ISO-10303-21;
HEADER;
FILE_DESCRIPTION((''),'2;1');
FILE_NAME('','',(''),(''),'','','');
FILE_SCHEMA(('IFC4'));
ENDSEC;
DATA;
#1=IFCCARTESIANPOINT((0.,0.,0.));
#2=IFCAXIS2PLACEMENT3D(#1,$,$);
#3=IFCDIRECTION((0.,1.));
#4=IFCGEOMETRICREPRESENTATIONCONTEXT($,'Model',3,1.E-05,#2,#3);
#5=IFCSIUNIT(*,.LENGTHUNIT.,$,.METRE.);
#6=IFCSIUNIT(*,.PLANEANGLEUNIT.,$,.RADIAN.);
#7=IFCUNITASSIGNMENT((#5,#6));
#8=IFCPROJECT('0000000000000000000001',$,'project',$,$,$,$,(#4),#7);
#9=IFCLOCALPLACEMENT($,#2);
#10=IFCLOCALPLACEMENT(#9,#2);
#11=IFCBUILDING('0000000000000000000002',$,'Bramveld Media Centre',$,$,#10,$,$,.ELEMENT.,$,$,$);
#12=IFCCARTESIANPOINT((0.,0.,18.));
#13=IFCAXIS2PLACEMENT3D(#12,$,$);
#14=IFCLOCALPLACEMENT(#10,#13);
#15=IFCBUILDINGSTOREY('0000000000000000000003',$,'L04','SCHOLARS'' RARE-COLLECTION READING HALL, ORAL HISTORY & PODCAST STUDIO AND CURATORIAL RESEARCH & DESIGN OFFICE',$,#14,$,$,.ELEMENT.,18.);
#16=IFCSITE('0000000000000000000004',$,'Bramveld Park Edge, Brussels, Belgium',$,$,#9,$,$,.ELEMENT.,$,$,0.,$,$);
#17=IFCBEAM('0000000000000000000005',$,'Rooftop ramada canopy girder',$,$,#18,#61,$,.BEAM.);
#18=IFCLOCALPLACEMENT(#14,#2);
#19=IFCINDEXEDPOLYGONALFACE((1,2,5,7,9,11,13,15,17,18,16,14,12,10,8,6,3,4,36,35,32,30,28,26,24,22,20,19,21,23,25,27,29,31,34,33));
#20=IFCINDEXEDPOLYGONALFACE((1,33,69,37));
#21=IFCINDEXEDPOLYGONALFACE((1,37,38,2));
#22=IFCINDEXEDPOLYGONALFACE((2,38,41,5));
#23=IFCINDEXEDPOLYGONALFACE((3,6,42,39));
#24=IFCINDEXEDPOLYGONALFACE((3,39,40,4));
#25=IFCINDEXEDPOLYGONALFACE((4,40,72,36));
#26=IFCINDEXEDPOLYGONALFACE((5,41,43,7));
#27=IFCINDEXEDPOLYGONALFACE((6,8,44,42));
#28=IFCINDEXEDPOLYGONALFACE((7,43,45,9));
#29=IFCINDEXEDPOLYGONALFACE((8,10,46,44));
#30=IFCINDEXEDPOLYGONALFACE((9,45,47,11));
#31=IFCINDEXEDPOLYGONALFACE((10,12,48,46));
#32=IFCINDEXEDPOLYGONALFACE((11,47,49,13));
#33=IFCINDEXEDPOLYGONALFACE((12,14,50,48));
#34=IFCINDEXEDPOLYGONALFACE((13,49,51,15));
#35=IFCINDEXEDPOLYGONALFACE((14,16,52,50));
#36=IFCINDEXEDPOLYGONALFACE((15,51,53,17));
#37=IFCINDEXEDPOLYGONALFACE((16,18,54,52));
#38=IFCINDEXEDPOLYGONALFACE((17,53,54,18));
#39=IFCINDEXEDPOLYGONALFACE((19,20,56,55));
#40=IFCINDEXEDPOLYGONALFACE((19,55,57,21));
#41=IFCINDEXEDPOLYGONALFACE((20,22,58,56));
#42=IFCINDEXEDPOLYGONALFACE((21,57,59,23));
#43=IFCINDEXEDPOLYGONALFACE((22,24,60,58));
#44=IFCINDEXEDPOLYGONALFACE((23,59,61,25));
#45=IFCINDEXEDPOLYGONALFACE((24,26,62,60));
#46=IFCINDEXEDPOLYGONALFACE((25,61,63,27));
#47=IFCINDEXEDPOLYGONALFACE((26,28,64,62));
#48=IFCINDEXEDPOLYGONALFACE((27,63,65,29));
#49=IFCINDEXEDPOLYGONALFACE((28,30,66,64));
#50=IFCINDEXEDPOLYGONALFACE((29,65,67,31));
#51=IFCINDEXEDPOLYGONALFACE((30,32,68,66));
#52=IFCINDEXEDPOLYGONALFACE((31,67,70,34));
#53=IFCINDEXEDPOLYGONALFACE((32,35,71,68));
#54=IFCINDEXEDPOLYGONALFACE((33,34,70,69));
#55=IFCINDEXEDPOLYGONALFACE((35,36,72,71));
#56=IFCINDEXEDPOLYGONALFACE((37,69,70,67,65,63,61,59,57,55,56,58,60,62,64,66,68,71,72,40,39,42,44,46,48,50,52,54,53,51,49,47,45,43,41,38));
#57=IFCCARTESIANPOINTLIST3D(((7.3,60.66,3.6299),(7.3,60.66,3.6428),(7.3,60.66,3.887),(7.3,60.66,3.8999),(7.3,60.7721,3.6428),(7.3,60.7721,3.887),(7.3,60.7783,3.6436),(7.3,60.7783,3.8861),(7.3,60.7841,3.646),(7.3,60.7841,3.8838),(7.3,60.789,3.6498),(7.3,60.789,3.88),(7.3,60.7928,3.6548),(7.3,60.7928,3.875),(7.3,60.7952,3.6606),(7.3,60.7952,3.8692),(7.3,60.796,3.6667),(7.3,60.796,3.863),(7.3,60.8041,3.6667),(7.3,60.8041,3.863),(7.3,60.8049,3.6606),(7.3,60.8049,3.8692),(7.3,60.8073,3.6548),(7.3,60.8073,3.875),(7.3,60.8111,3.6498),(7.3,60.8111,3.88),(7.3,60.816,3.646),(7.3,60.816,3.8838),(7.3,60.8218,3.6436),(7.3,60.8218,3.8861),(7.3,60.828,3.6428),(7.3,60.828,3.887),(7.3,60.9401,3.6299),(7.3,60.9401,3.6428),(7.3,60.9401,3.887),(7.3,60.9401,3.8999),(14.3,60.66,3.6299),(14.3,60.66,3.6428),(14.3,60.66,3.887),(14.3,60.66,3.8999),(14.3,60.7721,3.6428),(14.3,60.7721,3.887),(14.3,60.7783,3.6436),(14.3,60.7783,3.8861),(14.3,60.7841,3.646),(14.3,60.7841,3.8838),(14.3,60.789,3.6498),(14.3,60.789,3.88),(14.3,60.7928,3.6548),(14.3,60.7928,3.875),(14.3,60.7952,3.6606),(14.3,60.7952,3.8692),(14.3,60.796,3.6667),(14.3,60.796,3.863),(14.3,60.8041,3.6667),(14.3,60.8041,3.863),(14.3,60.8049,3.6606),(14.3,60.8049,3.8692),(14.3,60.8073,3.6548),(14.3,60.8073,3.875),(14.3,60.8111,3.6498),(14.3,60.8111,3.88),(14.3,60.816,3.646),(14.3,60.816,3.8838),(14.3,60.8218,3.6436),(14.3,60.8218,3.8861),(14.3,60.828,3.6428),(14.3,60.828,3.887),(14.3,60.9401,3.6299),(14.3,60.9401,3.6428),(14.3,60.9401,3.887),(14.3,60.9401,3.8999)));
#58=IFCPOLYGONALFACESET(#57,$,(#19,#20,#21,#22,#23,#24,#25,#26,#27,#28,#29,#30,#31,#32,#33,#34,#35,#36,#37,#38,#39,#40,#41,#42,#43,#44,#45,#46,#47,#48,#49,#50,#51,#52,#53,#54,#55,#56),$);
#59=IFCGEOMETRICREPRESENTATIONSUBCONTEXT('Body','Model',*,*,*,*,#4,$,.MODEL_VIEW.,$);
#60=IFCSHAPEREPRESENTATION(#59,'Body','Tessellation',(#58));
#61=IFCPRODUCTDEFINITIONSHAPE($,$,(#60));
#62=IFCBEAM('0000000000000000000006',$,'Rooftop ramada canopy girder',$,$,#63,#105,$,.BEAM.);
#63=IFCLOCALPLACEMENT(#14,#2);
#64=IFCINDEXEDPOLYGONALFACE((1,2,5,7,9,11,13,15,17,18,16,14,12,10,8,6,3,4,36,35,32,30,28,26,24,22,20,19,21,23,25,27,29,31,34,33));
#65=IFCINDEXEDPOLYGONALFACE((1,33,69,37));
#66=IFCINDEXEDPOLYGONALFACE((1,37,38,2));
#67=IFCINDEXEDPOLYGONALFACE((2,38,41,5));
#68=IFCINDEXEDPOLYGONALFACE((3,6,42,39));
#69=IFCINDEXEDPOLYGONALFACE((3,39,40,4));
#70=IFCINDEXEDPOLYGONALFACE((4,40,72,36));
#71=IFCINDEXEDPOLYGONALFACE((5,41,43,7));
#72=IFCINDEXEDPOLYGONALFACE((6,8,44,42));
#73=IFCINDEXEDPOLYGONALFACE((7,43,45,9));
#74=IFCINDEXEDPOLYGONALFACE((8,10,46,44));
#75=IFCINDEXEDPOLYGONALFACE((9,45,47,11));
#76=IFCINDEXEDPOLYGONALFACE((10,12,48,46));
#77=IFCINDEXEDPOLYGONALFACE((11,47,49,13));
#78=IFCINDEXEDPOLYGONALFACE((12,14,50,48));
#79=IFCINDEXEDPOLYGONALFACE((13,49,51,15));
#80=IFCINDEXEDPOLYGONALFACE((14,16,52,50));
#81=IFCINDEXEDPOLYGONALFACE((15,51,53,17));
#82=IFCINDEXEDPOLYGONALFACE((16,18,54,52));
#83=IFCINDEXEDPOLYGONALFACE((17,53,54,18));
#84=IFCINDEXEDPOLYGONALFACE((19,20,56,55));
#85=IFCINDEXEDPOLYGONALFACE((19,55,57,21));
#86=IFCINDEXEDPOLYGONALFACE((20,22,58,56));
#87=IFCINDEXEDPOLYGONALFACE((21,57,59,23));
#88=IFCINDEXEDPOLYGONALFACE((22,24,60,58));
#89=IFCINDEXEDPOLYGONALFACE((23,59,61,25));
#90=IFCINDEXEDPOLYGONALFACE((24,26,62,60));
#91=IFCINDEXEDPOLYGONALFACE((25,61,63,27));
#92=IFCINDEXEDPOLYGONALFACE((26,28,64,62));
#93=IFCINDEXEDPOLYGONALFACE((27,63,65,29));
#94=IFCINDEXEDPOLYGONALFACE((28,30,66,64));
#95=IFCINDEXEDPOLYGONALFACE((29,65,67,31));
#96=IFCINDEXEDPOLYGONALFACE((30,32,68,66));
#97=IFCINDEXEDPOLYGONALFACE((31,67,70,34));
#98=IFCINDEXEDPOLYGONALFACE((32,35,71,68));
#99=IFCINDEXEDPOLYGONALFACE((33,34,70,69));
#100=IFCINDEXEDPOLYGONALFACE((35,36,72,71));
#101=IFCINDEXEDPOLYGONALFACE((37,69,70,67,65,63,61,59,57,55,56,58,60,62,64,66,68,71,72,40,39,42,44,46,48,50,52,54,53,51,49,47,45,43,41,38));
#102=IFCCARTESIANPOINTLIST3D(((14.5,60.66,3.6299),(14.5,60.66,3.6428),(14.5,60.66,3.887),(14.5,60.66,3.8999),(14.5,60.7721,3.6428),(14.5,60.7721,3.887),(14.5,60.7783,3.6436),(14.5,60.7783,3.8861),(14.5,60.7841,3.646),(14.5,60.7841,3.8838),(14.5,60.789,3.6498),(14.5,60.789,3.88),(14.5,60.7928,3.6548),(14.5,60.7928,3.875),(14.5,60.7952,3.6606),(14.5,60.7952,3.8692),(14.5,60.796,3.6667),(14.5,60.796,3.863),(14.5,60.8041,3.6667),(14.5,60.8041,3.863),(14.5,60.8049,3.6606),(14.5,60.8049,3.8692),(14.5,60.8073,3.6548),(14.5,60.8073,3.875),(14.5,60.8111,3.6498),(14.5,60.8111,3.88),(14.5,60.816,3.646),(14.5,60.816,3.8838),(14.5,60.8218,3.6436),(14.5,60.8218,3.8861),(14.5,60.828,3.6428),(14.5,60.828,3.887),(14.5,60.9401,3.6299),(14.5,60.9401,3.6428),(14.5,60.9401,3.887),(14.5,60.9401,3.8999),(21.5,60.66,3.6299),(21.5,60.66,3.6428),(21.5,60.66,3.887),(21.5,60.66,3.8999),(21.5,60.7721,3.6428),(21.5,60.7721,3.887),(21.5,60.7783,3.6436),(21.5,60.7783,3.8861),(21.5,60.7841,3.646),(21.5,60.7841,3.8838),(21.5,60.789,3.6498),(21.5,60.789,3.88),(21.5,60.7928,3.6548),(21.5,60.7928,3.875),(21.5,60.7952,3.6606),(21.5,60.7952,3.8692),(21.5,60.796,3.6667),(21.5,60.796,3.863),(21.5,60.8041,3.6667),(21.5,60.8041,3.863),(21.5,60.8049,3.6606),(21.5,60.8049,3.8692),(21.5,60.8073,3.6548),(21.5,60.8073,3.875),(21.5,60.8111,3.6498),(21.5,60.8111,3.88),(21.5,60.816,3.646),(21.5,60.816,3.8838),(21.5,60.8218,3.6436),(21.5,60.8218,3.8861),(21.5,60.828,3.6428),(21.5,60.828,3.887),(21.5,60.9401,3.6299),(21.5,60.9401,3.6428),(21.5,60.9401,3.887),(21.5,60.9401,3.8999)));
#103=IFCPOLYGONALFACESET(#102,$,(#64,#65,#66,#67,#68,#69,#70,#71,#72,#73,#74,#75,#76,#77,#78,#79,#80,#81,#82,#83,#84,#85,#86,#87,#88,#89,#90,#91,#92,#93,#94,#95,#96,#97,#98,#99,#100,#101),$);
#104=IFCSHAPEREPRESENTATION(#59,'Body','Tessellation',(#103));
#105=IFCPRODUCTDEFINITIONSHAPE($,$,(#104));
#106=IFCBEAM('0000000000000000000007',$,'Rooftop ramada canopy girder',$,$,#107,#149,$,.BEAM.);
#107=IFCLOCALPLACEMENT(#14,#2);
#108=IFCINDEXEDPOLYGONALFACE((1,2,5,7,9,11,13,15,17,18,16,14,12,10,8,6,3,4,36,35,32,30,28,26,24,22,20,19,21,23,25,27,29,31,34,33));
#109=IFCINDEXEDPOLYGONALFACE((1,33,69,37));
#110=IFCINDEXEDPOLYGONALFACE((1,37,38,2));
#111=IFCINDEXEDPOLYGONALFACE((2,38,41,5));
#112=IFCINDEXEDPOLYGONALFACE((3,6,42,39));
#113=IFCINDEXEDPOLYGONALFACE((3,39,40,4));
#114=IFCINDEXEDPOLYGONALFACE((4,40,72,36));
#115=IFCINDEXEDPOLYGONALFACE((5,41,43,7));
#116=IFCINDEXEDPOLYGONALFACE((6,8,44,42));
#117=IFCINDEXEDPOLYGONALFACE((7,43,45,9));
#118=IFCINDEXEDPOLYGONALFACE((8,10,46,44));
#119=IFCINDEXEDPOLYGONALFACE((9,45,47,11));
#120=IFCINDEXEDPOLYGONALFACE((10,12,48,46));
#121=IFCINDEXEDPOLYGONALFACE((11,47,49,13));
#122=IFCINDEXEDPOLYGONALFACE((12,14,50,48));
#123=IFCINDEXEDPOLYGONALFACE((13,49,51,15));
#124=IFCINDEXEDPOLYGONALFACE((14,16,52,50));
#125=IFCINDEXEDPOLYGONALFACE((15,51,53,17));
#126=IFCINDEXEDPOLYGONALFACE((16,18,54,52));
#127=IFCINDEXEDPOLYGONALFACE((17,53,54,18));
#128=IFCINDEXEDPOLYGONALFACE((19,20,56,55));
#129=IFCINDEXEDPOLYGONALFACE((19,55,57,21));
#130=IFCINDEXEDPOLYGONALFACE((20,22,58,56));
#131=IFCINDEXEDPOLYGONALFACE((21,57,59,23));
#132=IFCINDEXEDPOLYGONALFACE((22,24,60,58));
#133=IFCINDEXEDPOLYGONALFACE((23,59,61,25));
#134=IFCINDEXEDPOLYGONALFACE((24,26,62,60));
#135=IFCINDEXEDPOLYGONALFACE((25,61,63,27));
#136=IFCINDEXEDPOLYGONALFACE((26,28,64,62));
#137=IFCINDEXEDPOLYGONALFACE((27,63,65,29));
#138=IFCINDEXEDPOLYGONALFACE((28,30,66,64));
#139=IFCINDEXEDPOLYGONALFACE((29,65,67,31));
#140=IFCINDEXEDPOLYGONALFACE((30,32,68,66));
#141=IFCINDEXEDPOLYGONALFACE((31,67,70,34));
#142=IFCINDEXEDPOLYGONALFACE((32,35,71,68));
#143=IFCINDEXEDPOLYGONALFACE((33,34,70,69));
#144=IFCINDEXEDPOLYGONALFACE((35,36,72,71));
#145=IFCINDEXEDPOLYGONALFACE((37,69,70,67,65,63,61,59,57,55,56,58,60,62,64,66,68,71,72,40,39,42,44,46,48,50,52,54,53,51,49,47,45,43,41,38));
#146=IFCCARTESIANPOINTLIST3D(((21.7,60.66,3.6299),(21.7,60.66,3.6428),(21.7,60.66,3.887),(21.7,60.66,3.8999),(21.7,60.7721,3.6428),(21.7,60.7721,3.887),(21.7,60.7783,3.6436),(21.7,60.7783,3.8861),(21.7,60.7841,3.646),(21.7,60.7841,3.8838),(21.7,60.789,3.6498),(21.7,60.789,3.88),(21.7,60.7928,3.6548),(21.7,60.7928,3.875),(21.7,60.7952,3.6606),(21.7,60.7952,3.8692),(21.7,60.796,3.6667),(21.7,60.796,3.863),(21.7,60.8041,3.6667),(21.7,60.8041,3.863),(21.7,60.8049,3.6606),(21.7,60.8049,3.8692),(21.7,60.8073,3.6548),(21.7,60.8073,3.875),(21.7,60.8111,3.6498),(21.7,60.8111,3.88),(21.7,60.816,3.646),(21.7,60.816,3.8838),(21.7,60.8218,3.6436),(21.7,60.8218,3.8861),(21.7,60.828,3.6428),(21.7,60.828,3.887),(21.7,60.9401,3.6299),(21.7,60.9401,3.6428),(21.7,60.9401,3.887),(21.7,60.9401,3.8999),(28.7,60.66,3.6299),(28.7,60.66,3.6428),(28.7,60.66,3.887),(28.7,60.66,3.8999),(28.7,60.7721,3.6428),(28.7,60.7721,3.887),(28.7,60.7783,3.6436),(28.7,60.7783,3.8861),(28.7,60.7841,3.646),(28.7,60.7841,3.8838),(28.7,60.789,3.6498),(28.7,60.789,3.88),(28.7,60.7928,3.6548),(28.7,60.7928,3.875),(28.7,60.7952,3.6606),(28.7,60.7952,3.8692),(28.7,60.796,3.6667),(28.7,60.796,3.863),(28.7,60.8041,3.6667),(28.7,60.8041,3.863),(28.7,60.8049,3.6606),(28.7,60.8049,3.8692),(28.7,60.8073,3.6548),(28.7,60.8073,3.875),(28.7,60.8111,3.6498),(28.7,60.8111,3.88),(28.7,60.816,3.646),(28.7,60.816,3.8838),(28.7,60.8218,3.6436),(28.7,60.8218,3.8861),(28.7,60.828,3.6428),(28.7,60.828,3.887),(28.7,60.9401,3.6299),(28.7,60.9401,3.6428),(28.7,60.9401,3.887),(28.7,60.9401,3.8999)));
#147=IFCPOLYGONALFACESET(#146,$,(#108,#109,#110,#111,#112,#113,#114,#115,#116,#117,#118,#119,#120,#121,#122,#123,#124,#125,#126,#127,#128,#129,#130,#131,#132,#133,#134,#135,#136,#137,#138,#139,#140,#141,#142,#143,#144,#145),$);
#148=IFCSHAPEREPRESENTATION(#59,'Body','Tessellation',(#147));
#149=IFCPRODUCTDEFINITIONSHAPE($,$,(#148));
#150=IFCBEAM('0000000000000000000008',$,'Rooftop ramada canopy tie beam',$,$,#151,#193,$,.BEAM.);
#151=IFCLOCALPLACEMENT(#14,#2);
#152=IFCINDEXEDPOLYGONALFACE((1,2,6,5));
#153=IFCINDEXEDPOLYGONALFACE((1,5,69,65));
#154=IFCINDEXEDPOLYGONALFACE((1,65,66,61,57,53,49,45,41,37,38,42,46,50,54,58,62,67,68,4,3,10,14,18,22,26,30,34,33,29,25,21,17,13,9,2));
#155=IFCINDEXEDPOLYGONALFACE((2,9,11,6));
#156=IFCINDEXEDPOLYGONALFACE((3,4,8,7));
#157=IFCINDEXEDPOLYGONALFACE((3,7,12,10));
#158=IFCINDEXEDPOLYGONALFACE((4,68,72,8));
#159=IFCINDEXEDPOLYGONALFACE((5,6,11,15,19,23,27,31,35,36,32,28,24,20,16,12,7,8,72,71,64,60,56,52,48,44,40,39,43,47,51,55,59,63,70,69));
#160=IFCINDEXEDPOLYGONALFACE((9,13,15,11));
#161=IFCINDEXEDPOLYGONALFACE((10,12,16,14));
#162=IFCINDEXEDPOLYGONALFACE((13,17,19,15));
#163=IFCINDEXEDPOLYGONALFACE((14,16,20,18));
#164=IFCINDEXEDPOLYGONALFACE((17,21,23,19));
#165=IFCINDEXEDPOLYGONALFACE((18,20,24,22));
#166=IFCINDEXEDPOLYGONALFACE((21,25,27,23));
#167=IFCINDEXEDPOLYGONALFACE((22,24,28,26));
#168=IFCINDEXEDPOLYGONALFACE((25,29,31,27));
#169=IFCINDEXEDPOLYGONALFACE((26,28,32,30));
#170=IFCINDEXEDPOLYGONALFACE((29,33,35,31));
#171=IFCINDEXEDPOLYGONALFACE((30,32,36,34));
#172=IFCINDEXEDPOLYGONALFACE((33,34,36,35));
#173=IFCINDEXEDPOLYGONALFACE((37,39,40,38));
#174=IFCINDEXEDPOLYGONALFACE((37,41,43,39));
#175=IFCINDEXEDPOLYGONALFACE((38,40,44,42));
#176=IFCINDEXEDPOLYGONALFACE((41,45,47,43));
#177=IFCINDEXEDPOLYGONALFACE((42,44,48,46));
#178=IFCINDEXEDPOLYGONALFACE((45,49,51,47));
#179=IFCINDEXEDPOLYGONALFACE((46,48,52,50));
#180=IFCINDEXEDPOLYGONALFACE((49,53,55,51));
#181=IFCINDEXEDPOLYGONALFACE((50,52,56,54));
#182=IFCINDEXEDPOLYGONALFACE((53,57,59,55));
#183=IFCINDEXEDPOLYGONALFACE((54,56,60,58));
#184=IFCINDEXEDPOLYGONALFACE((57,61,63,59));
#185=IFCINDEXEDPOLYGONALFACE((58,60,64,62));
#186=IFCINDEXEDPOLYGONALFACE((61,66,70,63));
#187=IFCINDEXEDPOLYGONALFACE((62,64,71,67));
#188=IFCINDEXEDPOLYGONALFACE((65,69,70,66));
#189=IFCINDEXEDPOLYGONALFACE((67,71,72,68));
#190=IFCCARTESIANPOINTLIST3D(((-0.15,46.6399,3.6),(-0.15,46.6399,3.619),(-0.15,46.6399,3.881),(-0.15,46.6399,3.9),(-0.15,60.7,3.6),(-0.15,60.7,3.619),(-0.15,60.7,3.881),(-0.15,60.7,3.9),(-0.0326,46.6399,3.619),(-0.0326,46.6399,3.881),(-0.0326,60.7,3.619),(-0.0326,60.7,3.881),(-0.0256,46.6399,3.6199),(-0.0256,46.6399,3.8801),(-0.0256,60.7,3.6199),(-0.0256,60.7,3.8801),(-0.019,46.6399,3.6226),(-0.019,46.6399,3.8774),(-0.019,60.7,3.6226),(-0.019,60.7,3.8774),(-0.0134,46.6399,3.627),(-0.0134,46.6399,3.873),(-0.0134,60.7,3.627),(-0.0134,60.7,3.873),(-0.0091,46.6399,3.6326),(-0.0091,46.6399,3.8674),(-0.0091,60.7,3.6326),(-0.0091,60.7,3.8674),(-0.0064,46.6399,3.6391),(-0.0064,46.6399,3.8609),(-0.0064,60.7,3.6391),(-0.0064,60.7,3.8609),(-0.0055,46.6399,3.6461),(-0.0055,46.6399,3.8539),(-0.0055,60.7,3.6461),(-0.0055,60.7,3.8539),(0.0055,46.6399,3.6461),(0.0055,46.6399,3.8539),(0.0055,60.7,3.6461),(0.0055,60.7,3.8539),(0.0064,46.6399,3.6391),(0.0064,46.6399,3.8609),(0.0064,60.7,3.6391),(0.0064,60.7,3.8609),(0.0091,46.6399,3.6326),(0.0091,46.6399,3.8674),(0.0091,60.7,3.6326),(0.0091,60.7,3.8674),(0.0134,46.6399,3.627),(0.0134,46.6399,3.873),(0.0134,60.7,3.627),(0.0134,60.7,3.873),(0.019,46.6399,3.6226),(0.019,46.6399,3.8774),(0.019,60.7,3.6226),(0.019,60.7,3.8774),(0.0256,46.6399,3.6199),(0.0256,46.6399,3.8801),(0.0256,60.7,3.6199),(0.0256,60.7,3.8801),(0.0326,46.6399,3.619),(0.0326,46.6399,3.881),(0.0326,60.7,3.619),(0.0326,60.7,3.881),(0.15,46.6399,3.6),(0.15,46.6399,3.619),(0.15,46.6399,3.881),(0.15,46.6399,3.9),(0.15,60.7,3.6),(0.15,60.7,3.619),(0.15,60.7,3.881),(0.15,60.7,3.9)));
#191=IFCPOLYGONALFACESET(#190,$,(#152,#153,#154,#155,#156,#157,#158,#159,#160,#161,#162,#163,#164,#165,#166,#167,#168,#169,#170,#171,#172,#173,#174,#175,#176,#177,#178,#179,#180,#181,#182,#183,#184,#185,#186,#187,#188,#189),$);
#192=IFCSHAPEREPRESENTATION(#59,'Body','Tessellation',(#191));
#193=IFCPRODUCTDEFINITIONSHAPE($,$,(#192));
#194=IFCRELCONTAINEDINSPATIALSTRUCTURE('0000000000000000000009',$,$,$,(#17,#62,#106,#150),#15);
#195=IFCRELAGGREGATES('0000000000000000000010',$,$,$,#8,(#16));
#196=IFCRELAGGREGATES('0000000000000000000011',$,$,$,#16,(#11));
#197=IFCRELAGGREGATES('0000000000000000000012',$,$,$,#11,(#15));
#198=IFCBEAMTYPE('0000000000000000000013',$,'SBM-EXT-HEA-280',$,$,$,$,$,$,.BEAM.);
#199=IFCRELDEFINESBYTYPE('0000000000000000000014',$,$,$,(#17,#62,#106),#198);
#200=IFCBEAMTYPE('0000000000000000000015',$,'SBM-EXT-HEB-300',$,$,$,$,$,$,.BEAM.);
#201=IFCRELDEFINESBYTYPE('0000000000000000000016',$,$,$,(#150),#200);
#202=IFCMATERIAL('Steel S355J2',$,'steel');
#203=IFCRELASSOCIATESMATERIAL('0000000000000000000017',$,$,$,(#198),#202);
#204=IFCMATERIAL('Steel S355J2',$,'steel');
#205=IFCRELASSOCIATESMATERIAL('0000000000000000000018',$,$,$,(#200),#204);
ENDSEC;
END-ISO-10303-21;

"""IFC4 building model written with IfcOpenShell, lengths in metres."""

from ifc_helpers import new_model, si_unit, direction, frame, origin, origin_2d, place, context, subcontext, project, spatial, i_section, extrude, material, material_profile, profile_set, type_object, element, save


model = new_model("IFC4")

# Units and contexts
model_context = context("Model", 3, precision=1e-05, world=origin(), true_north=direction((0.0, 1.0)))
body_context = subcontext(model_context, "Body", "Model", "MODEL_VIEW")
ifc_project = project(units=[si_unit("LENGTHUNIT", "METRE"), si_unit("PLANEANGLEUNIT", "RADIAN")], contexts=[model_context])

# Site, building, storey
site_placement = place(None, origin())
site = spatial("IfcSite", under=ifc_project, at=site_placement, Name="Bramveld Park Edge, Brussels, Belgium", CompositionType="ELEMENT", RefElevation=0.0)
building_placement = place(site_placement, origin())
building = spatial("IfcBuilding", under=site, at=building_placement, Name="Bramveld Media Centre", CompositionType="ELEMENT")
storey_placement = place(building_placement, frame((0.0, 0.0, 18.0)))
storey = spatial("IfcBuildingStorey", under=building, at=storey_placement, Name="L04", Description="SCHOLARS' RARE-COLLECTION READING HALL, ORAL HISTORY & PODCAST STUDIO AND CURATORIAL RESEARCH & DESIGN OFFICE", CompositionType="ELEMENT", Elevation=18.0)

# Beams
ifc_material_1 = material(Name="Steel S355J2", Category="steel")
ifc_material_profile_1 = material_profile(ifc_material_1, i_section(OverallWidth=0.28, OverallDepth=0.27, WebThickness=0.0081, FlangeThickness=0.0129, FilletRadius=0.0239, at=origin_2d()), Name="HEA 280")
ifc_profile_set_1 = profile_set([ifc_material_profile_1], Name="Steel S355J2")
beam_type_1 = type_object("IfcBeamType", Name="SBM-EXT-HEA-280", PredefinedType="BEAM", material=ifc_profile_set_1)
for number, where, z_axis, x_axis, name in (
    (1, (7.3, 60.8, 3.7649), (1.0, 0.0, 0.0), (0.0, 1.0, 0.0), "Rooftop ramada canopy girder"),
    (2, (14.5, 60.8, 3.7649), (1.0, 0.0, 0.0), (0.0, 1.0, 0.0), "Rooftop ramada canopy girder"),
    (3, (21.7, 60.8, 3.7649), (1.0, 0.0, 0.0), (0.0, 1.0, 0.0), "Rooftop ramada canopy girder"),
):
    element("IfcBeam", number, at=place(storey_placement, frame(where, z_axis=z_axis, x_axis=x_axis)), inside=storey, type_object=beam_type_1, Name=name, PredefinedType="BEAM", context=body_context, shape_type="SweptSolid", body=[
        extrude(i_section(OverallWidth=0.28, OverallDepth=0.27, WebThickness=0.0081, FlangeThickness=0.0129, FilletRadius=0.0239, at=origin_2d()), origin(), (0.0, 0.0, 1.0), 7.0),
    ])
ifc_material_2 = material(Name="Steel S355J2", Category="steel")
ifc_material_profile_2 = material_profile(ifc_material_2, i_section(OverallWidth=0.3, OverallDepth=0.3, WebThickness=0.011, FlangeThickness=0.019, FilletRadius=0.0271, at=origin_2d()), Name="HEB 300")
ifc_profile_set_2 = profile_set([ifc_material_profile_2], Name="Steel S355J2")
beam_type_2 = type_object("IfcBeamType", Name="SBM-EXT-HEB-300", PredefinedType="BEAM", material=ifc_profile_set_2)
for number, where, z_axis, x_axis, name in (
    (4, (0.0, 46.6399, 3.75), (0.0, 1.0, 0.0), (-1.0, 0.0, 0.0), "Rooftop ramada canopy tie beam"),
):
    element("IfcBeam", number, at=place(storey_placement, frame(where, z_axis=z_axis, x_axis=x_axis)), inside=storey, type_object=beam_type_2, Name=name, PredefinedType="BEAM", context=body_context, shape_type="SweptSolid", body=[
        extrude(i_section(OverallWidth=0.3, OverallDepth=0.3, WebThickness=0.011, FlangeThickness=0.019, FilletRadius=0.0271, at=origin_2d()), origin(), (0.0, 0.0, 1.0), 14.0601),
    ])

save(model, "model.ifc")
